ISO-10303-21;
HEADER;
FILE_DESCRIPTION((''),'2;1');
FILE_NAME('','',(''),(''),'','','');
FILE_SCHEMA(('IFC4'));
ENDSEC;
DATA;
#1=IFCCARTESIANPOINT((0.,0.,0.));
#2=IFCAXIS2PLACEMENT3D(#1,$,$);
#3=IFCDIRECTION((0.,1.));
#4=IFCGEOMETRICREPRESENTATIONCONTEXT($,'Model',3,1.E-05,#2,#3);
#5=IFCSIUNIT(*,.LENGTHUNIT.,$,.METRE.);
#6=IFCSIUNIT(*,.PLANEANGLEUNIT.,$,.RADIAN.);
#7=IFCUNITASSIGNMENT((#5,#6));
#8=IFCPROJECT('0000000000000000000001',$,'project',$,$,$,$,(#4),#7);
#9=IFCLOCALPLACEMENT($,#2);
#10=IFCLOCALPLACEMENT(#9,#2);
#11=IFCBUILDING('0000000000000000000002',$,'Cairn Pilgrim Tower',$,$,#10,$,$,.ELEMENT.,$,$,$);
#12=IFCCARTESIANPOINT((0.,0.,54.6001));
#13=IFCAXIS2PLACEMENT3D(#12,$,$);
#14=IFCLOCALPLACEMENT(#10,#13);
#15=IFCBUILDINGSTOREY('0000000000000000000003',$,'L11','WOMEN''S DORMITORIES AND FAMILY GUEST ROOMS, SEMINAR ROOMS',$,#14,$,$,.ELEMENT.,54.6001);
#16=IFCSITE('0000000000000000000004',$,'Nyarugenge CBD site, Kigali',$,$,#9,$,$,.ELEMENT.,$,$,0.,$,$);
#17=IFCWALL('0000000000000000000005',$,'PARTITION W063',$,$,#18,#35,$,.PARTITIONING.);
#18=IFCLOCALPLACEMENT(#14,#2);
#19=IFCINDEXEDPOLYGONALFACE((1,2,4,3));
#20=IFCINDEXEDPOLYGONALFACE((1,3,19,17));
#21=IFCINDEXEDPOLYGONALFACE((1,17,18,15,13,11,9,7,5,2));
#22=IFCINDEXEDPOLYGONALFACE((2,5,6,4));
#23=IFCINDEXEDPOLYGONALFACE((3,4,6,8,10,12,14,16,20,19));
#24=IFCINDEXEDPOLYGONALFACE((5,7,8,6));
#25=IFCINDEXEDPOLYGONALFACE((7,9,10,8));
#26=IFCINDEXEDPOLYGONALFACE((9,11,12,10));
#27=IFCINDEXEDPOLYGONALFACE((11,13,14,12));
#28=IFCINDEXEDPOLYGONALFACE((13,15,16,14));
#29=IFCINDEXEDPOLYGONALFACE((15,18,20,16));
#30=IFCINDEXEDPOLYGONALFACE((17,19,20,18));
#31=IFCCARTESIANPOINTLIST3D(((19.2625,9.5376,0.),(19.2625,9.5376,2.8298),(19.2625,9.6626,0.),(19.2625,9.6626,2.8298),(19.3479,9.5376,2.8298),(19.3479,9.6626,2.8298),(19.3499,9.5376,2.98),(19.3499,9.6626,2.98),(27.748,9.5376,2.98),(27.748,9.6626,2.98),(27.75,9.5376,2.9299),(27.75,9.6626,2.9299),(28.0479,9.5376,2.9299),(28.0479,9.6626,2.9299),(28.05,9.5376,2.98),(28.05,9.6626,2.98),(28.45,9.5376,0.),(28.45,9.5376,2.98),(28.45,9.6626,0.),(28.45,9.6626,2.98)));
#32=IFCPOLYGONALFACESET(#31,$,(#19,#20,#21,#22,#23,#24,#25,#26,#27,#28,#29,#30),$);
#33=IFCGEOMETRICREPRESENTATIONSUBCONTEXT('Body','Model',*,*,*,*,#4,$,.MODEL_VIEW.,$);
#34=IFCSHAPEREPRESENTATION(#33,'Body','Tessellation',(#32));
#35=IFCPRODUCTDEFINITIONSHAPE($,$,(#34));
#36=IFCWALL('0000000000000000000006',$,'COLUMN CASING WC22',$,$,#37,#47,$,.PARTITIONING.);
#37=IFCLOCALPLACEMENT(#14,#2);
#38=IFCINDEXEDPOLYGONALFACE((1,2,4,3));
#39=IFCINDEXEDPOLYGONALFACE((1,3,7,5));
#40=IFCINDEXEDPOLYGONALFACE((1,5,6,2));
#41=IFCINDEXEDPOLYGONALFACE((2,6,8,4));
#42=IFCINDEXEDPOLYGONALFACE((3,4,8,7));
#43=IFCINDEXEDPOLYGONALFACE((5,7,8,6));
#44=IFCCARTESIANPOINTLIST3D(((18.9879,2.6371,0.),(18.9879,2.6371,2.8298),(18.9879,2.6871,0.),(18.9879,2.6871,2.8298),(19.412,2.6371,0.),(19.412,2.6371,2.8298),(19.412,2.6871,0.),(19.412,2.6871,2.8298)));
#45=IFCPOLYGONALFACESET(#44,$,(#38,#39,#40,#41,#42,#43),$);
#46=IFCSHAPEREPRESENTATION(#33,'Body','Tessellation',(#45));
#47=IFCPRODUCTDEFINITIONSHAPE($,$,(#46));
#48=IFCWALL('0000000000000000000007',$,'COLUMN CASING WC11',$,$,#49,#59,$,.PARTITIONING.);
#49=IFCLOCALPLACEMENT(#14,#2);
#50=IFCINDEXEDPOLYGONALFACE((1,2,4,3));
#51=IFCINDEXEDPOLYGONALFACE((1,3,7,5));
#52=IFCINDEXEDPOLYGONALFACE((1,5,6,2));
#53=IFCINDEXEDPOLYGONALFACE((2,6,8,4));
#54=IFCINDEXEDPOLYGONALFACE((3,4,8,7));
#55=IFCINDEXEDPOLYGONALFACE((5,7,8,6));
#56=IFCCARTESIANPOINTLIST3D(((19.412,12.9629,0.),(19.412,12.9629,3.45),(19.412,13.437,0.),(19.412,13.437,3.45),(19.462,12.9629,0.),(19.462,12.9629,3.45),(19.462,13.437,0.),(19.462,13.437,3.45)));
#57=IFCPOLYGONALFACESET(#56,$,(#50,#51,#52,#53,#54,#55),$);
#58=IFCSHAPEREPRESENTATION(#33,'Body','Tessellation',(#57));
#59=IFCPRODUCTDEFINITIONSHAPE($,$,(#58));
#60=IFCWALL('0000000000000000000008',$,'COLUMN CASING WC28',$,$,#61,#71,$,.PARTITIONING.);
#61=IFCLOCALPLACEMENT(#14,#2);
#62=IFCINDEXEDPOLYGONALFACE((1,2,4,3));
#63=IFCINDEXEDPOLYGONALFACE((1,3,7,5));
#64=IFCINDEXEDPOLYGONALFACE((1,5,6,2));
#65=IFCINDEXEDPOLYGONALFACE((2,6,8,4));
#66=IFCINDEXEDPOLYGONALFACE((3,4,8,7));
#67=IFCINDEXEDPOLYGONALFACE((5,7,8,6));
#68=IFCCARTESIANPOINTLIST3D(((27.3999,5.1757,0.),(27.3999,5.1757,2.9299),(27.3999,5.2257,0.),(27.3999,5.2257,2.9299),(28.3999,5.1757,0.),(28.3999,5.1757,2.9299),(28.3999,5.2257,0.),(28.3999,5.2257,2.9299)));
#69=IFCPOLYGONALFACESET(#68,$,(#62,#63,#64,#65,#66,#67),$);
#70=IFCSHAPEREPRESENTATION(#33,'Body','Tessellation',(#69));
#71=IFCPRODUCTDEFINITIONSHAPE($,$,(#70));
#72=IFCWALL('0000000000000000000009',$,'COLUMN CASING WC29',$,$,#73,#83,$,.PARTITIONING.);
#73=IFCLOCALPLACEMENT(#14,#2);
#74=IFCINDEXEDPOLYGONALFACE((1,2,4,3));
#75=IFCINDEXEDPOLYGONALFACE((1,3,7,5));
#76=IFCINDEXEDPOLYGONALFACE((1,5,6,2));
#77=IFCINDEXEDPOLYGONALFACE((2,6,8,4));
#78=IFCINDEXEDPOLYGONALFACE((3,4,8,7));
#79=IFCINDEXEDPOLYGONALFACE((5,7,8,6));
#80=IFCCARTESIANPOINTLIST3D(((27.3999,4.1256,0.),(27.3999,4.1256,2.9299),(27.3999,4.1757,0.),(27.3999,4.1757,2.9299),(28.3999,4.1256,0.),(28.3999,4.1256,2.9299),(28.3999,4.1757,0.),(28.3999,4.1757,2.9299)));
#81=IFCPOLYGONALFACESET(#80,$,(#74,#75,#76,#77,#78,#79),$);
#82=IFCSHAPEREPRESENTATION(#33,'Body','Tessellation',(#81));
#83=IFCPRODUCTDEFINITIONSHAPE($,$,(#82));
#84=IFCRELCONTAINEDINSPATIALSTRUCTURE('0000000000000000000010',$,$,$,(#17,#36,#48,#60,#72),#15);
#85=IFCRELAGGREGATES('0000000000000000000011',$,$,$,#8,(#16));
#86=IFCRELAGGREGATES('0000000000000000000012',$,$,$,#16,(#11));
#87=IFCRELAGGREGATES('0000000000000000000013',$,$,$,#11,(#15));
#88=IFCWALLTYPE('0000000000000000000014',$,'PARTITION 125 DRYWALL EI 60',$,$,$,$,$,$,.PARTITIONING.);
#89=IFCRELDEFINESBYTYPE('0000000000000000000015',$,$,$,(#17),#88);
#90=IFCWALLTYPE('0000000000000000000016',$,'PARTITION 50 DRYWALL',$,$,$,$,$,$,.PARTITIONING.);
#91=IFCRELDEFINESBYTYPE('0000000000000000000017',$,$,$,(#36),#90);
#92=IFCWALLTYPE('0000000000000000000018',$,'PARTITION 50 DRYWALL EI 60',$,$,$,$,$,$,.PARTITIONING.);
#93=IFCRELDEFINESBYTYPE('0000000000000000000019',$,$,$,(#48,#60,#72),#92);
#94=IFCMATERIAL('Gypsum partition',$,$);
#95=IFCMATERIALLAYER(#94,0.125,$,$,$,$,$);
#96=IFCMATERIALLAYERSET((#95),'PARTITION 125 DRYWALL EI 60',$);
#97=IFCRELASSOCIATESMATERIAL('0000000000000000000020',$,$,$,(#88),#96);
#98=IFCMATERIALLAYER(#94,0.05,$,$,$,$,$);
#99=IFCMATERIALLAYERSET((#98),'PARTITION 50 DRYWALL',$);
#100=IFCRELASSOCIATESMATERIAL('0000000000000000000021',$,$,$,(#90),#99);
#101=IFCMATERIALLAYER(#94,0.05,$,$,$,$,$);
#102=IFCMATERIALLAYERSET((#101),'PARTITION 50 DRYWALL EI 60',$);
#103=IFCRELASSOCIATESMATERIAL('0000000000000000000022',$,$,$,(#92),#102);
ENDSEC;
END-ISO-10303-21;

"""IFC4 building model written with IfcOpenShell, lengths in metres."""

from ifc_helpers import new_model, si_unit, direction, frame, frame_2d, origin, place, context, subcontext, project, spatial, polyline, rectangle, outline, extrude, material, layer, layer_set, type_object, element, save


model = new_model("IFC4")

# Units and contexts
model_context = context("Model", 3, precision=1e-05, world=origin(), true_north=direction((0.0, 1.0)))
body_context = subcontext(model_context, "Body", "Model", "MODEL_VIEW")
ifc_project = project(units=[si_unit("LENGTHUNIT", "METRE"), si_unit("PLANEANGLEUNIT", "RADIAN")], contexts=[model_context])

# Site, building, storey
site_placement = place(None, origin())
site = spatial("IfcSite", under=ifc_project, at=site_placement, Name="Nyarugenge CBD site, Kigali", CompositionType="ELEMENT", RefElevation=0.0)
building_placement = place(site_placement, origin())
building = spatial("IfcBuilding", under=site, at=building_placement, Name="Cairn Pilgrim Tower", CompositionType="ELEMENT")
storey_placement = place(building_placement, frame((0.0, 0.0, 54.6001)))
storey = spatial("IfcBuildingStorey", under=building, at=storey_placement, Name="L11", Description="WOMEN'S DORMITORIES AND FAMILY GUEST ROOMS, SEMINAR ROOMS", CompositionType="ELEMENT", Elevation=54.6001)

# Shared definitions
ifc_material_1 = material(Name="Gypsum partition")

# Shared definitions
ifc_layer_1 = layer(ifc_material_1, 0.125)
ifc_layer_set_1 = layer_set([ifc_layer_1], Name="PARTITION 125 DRYWALL EI 60")
wall_type_1 = type_object("IfcWallType", Name="PARTITION 125 DRYWALL EI 60", PredefinedType="PARTITIONING", material=ifc_layer_set_1)

# Walls
wall_1_placement = place(storey_placement, frame((19.2625, 9.6001, 0.0), z_axis=(0.0, 0.0, 1.0), x_axis=(1.0, 0.0, 0.0)))
element("IfcWall", 1, at=wall_1_placement, inside=storey, type_object=wall_type_1, Name="PARTITION W063", PredefinedType="PARTITIONING", context=body_context, shape_type="SweptSolid", body=[
    extrude(outline(polyline([(0.0, 0.0), (9.1875, 0.0), (9.1875, 2.98), (8.7876, 2.98), (8.7854, 2.9299), (8.4875, 2.9299), (8.4856, 2.98), (0.0874, 2.98), (0.0854, 2.8298), (0.0, 2.8298), (0.0, 0.0)])), frame((0.0, 0.0625, 0.0), z_axis=(0.0, -1.0, 0.0), x_axis=(1.0, 0.0, 0.0)), (0.0, 0.0, 1.0), 0.125),
])
ifc_layer_2 = layer(ifc_material_1, 0.05)
ifc_layer_set_2 = layer_set([ifc_layer_2], Name="PARTITION 50 DRYWALL")
wall_type_2 = type_object("IfcWallType", Name="PARTITION 50 DRYWALL", PredefinedType="PARTITIONING", material=ifc_layer_set_2)
wall_2_placement = place(storey_placement, frame((18.988, 2.6621, 0.0), z_axis=(0.0, 0.0, 1.0), x_axis=(1.0, 0.0, 0.0)))
element("IfcWall", 2, at=wall_2_placement, inside=storey, type_object=wall_type_2, Name="COLUMN CASING WC22", PredefinedType="PARTITIONING", context=body_context, shape_type="SweptSolid", body=[
    extrude(rectangle(XDim=0.4241, YDim=0.05, at=frame_2d((0.2119, 0.0))), origin(), (0.0, 0.0, 1.0), 2.8298),
])
ifc_layer_3 = layer(ifc_material_1, 0.05)
ifc_layer_set_3 = layer_set([ifc_layer_3], Name="PARTITION 50 DRYWALL EI 60")
wall_type_3 = type_object("IfcWallType", Name="PARTITION 50 DRYWALL EI 60", PredefinedType="PARTITIONING", material=ifc_layer_set_3)
wall_3_placement = place(storey_placement, frame((19.437, 12.9629, 0.0), z_axis=(0.0, 0.0, 1.0), x_axis=(0.0, 1.0, 0.0)))
element("IfcWall", 3, at=wall_3_placement, inside=storey, type_object=wall_type_3, Name="COLUMN CASING WC11", PredefinedType="PARTITIONING", context=body_context, shape_type="SweptSolid", body=[
    extrude(rectangle(XDim=0.4741, YDim=0.05, at=frame_2d((0.2371, 0.0))), origin(), (0.0, 0.0, 1.0), 3.45),
])
for number, where, z_axis, x_axis, name in (
    (4, (27.3999, 5.2007, 0.0), (0.0, 0.0, 1.0), (1.0, 0.0, 0.0), "COLUMN CASING WC28"),
    (5, (27.3999, 4.1506, 0.0), (0.0, 0.0, 1.0), (1.0, 0.0, 0.0), "COLUMN CASING WC29"),
):
    element("IfcWall", number, at=place(storey_placement, frame(where, z_axis=z_axis, x_axis=x_axis)), inside=storey, type_object=wall_type_3, Name=name, PredefinedType="PARTITIONING", context=body_context, shape_type="SweptSolid", body=[
        extrude(rectangle(XDim=1.0, YDim=0.05, at=frame_2d((0.5, 0.0))), origin(), (0.0, 0.0, 1.0), 2.9299),
    ])

save(model, "model.ifc")
